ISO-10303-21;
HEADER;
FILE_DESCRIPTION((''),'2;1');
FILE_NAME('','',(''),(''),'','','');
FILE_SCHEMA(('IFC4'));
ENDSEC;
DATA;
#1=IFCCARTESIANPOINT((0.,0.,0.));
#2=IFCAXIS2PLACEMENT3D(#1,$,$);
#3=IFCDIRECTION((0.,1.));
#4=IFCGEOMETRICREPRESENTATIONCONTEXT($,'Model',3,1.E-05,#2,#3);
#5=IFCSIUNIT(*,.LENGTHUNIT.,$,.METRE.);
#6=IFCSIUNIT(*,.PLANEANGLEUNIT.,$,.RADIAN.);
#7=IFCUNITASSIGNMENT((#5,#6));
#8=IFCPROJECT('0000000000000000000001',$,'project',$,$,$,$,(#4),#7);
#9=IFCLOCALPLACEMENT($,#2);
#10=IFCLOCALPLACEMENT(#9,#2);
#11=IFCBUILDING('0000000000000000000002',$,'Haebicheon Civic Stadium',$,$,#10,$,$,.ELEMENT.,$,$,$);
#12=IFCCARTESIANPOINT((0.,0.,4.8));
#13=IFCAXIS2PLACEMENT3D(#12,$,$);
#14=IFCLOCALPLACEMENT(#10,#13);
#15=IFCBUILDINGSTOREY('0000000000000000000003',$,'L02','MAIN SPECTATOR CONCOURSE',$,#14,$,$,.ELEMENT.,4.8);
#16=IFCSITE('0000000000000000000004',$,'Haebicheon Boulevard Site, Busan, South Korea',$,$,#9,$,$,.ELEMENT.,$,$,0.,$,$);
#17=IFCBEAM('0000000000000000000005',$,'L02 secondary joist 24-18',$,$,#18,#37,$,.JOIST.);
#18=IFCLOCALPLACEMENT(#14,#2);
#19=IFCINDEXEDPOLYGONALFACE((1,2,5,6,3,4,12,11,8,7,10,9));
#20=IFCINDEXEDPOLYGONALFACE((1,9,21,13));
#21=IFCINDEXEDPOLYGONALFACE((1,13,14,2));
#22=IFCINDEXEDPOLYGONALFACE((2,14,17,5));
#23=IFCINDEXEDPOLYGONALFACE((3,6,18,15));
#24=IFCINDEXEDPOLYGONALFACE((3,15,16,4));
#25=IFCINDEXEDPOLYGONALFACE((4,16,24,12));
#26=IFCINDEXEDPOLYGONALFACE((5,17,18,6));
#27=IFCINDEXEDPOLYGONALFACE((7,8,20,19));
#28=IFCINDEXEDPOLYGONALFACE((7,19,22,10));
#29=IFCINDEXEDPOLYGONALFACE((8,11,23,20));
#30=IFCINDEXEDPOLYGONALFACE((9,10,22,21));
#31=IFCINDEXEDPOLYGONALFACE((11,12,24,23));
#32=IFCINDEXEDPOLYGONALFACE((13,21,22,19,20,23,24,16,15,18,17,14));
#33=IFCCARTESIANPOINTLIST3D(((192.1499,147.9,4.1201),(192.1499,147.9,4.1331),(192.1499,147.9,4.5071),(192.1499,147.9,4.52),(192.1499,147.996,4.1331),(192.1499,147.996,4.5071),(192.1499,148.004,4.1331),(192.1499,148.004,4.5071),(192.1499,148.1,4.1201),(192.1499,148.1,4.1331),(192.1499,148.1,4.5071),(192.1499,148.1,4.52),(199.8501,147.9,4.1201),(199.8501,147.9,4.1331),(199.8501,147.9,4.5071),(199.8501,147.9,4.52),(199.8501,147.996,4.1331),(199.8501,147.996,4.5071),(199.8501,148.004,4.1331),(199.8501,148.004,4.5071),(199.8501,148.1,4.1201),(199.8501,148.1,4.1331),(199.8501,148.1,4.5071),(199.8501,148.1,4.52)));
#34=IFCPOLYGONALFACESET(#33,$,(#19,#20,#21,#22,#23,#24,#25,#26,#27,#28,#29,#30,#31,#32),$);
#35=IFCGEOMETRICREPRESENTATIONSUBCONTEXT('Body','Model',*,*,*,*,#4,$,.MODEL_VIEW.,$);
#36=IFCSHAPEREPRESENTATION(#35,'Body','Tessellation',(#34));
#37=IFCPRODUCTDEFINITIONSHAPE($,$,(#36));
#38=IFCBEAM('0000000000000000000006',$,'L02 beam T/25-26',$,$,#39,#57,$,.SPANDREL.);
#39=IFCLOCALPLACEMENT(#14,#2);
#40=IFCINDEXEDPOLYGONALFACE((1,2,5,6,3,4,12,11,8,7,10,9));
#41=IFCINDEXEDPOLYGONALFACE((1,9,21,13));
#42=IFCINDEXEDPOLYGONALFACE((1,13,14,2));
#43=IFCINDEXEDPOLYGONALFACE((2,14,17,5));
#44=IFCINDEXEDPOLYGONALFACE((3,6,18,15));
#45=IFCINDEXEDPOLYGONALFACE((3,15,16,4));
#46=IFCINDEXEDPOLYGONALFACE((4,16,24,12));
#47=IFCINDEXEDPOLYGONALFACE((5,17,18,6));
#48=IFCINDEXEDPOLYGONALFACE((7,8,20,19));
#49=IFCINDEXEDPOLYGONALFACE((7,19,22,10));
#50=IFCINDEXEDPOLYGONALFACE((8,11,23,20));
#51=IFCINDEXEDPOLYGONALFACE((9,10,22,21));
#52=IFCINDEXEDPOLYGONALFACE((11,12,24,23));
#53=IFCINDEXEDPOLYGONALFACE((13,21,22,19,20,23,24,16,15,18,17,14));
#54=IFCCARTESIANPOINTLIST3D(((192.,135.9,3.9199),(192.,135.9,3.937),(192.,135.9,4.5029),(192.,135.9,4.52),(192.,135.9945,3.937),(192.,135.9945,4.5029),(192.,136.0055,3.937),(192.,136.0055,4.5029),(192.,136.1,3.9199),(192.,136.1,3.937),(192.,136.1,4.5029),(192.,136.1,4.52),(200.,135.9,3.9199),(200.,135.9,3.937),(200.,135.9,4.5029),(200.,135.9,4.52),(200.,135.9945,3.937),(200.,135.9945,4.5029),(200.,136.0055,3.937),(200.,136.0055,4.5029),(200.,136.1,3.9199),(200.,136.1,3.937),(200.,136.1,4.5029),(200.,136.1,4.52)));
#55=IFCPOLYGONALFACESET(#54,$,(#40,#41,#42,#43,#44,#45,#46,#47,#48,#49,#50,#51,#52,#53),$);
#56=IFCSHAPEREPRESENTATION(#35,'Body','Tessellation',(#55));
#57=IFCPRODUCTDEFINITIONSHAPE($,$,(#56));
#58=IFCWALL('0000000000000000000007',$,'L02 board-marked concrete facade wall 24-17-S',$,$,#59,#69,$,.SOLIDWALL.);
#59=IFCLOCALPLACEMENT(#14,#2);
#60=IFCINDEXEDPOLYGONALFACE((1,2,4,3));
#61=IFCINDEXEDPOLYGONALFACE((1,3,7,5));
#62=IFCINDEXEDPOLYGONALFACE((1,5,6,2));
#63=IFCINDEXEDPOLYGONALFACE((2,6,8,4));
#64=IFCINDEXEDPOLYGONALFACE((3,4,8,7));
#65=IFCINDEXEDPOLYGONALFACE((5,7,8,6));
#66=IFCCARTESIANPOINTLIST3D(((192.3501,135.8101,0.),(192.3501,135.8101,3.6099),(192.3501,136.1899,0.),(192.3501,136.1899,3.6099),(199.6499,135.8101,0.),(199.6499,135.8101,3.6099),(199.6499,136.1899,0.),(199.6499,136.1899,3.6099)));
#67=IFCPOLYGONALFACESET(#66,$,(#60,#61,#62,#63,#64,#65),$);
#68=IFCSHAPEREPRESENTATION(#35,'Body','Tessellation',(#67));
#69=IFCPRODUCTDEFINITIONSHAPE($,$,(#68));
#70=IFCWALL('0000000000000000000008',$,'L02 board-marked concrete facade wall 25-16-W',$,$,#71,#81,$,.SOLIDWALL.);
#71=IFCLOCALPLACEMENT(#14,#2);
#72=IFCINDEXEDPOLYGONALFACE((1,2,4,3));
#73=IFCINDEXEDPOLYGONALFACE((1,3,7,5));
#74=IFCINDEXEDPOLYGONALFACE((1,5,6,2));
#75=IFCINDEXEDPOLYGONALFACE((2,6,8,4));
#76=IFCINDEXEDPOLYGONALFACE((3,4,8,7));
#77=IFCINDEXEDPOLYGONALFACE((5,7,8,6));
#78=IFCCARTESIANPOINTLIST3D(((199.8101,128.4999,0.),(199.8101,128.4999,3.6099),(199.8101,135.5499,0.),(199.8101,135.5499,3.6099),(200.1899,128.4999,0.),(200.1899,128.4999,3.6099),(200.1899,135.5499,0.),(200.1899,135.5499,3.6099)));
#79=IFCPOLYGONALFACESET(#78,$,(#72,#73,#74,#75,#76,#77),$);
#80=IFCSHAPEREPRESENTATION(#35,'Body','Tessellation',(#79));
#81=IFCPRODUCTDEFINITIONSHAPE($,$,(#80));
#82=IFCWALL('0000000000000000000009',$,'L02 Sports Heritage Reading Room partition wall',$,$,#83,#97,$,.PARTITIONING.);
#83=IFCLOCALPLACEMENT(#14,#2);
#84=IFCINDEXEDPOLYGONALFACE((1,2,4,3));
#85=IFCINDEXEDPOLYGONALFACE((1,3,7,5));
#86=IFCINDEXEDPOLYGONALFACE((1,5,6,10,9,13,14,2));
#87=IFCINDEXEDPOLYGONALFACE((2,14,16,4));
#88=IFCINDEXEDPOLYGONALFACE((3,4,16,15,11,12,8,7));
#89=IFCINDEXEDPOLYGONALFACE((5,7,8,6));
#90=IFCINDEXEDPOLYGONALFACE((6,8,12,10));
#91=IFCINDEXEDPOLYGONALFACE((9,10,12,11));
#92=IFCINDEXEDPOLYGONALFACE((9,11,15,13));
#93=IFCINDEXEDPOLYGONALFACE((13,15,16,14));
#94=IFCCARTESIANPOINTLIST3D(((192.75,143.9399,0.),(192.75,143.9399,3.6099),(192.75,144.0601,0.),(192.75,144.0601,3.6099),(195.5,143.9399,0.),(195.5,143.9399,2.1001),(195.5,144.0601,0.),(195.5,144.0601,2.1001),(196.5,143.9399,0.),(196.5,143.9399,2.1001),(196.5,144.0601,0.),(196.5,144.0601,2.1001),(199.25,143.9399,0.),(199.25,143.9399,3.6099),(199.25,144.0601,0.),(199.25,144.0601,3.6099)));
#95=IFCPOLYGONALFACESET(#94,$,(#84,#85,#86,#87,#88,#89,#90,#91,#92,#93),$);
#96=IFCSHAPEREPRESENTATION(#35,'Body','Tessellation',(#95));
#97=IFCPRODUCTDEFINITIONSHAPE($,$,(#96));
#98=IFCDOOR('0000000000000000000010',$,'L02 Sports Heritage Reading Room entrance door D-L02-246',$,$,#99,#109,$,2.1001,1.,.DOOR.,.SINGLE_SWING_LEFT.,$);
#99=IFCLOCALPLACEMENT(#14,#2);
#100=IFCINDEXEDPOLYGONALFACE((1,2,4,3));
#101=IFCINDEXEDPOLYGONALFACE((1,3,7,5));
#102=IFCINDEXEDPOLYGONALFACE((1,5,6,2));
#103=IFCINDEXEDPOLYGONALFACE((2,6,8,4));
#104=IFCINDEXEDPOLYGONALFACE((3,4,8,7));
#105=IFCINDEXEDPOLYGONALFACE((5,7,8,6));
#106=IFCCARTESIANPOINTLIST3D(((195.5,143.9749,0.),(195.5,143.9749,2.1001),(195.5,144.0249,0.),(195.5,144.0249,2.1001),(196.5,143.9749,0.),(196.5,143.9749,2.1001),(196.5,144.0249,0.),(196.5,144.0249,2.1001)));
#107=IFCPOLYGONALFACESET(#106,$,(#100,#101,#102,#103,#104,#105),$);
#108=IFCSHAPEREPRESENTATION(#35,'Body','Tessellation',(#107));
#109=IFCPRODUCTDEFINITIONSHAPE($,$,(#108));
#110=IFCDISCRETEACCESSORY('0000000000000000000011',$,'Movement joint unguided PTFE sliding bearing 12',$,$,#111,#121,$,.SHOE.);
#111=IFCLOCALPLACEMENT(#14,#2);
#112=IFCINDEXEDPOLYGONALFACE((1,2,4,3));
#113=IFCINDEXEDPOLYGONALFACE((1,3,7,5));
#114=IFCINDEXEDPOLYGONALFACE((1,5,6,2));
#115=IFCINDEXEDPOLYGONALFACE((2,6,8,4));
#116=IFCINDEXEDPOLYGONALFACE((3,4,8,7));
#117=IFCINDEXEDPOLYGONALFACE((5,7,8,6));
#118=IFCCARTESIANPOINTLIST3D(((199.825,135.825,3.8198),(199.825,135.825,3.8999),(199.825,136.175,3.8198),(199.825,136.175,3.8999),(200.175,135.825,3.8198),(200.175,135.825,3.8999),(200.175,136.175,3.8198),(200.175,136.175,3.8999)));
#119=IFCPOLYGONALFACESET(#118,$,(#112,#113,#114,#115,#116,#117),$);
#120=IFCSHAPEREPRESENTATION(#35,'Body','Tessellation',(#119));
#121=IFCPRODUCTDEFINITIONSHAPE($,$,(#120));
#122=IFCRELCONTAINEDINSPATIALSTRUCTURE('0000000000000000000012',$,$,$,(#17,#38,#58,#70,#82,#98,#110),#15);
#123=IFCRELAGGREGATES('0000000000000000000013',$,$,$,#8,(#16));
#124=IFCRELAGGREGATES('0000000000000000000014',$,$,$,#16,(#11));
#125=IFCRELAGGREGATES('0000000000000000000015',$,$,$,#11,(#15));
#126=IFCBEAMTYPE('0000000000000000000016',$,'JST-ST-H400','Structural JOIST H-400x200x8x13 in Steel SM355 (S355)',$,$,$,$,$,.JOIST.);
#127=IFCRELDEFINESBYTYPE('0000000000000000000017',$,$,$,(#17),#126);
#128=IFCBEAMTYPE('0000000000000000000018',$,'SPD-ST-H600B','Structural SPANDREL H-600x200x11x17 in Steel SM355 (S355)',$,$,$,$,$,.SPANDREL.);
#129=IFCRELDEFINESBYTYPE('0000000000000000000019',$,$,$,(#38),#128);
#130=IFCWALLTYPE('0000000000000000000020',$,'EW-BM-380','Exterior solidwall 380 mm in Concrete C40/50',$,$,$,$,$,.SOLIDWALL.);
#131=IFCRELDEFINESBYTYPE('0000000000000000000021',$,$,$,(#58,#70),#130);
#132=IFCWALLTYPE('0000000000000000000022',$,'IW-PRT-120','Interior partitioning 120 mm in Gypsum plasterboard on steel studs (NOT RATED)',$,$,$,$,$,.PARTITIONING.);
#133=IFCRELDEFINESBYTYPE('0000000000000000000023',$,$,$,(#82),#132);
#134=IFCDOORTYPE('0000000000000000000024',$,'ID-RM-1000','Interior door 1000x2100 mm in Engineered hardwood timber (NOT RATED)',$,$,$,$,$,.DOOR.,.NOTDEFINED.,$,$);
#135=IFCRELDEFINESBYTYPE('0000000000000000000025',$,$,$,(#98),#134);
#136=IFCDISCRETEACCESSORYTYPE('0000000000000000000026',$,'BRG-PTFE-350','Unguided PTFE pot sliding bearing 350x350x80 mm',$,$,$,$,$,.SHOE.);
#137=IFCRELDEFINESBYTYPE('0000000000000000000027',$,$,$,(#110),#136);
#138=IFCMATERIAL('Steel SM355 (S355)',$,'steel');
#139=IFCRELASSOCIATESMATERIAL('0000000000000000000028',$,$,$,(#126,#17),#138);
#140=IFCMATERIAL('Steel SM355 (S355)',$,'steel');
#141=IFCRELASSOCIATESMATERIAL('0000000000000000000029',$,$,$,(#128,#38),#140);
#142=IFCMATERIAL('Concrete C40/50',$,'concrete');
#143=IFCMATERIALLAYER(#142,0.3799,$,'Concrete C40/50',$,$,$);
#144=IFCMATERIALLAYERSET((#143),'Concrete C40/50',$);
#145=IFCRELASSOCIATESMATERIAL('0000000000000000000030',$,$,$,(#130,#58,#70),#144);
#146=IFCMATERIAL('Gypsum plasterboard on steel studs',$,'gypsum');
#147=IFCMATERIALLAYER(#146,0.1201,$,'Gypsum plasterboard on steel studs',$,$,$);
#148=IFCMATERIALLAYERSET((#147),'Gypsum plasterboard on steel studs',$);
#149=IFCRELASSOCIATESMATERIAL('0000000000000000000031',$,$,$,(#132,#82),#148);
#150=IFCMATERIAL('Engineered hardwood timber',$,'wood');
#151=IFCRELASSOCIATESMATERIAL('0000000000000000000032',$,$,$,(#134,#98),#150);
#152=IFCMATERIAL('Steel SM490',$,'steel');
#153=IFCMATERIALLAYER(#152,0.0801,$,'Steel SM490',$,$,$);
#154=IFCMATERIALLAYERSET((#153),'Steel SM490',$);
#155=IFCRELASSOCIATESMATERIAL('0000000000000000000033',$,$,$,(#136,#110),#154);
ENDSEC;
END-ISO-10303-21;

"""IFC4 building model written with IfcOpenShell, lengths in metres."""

from ifc_helpers import new_model, si_unit, direction, frame, frame_2d, origin, origin_2d, place, context, subcontext, project, spatial, rectangle, i_section, extrude, material, layer, layer_set, material_profile, profile_set, type_object, element, fill, save


model = new_model("IFC4")

# Units and contexts
model_context = context("Model", 3, precision=1e-05, world=origin(), true_north=direction((0.0, 1.0)))
body_context = subcontext(model_context, "Body", "Model", "MODEL_VIEW")
ifc_project = project(units=[si_unit("LENGTHUNIT", "METRE"), si_unit("PLANEANGLEUNIT", "RADIAN")], contexts=[model_context])

# Site, building, storey
site_placement = place(None, origin())
site = spatial("IfcSite", under=ifc_project, at=site_placement, Name="Haebicheon Boulevard Site, Busan, South Korea", CompositionType="ELEMENT", RefElevation=0.0)
building_placement = place(site_placement, origin())
building = spatial("IfcBuilding", under=site, at=building_placement, Name="Haebicheon Civic Stadium", CompositionType="ELEMENT")
storey_placement = place(building_placement, frame((0.0, 0.0, 4.8)))
storey = spatial("IfcBuildingStorey", under=building, at=storey_placement, Name="L02", Description="MAIN SPECTATOR CONCOURSE", CompositionType="ELEMENT", Elevation=4.8)

# Beams
ifc_material_1 = material(Name="Steel SM355 (S355)", Category="steel")
ifc_material_profile_1 = material_profile(ifc_material_1, i_section(OverallWidth=0.2, OverallDepth=0.3999, WebThickness=0.0081, FlangeThickness=0.0129, at=origin_2d()), Name="H-400x200x8x13")
ifc_profile_set_1 = profile_set([ifc_material_profile_1], Name="Steel SM355 (S355)")
beam_type_1 = type_object("IfcBeamType", Name="JST-ST-H400", Description="Structural JOIST H-400x200x8x13 in Steel SM355 (S355)", PredefinedType="JOIST", material=ifc_profile_set_1)
for number, where, z_axis, x_axis, name in (
    (1, (192.1499, 148.0, 4.3201), (1.0, 0.0, 0.0), (0.0, 1.0, 0.0), "L02 secondary joist 24-18"),
):
    element("IfcBeam", number, at=place(storey_placement, frame(where, z_axis=z_axis, x_axis=x_axis)), inside=storey, type_object=beam_type_1, material=ifc_profile_set_1, Name=name, PredefinedType="JOIST", context=body_context, shape_type="SweptSolid", body=[
        extrude(i_section(OverallWidth=0.2, OverallDepth=0.3999, WebThickness=0.0081, FlangeThickness=0.0129, at=origin_2d()), origin(), (0.0, 0.0, 1.0), 7.7002),
    ])
ifc_material_2 = material(Name="Steel SM355 (S355)", Category="steel")
ifc_material_profile_2 = material_profile(ifc_material_2, i_section(OverallWidth=0.2, OverallDepth=0.6001, WebThickness=0.011, FlangeThickness=0.0171, at=origin_2d()), Name="H-600x200x11x17")
ifc_profile_set_2 = profile_set([ifc_material_profile_2], Name="Steel SM355 (S355)")
beam_type_2 = type_object("IfcBeamType", Name="SPD-ST-H600B", Description="Structural SPANDREL H-600x200x11x17 in Steel SM355 (S355)", PredefinedType="SPANDREL", material=ifc_profile_set_2)
beam_placement = place(storey_placement, frame((192.0, 136.0, 4.22), z_axis=(1.0, 0.0, 0.0), x_axis=(0.0, 1.0, 0.0)))
element("IfcBeam", 2, at=beam_placement, inside=storey, type_object=beam_type_2, material=ifc_profile_set_2, Name="L02 beam T/25-26", PredefinedType="SPANDREL", context=body_context, shape_type="SweptSolid", body=[
    extrude(i_section(OverallWidth=0.2, OverallDepth=0.6001, WebThickness=0.011, FlangeThickness=0.0171, at=origin_2d()), origin(), (0.0, 0.0, 1.0), 8.0),
])

# Walls
ifc_material_3 = material(Name="Concrete C40/50", Category="concrete")
ifc_layer_1 = layer(ifc_material_3, 0.3799, Name="Concrete C40/50")
ifc_layer_set_1 = layer_set([ifc_layer_1], Name="Concrete C40/50")
wall_type_1 = type_object("IfcWallType", Name="EW-BM-380", Description="Exterior solidwall 380 mm in Concrete C40/50", PredefinedType="SOLIDWALL", material=ifc_layer_set_1)
wall_1_placement = place(storey_placement, frame((192.3501, 136.0, 0.0), z_axis=(0.0, 0.0, 1.0), x_axis=(1.0, 0.0, 0.0)))
element("IfcWall", 3, at=wall_1_placement, inside=storey, type_object=wall_type_1, material=ifc_layer_set_1, Name="L02 board-marked concrete facade wall 24-17-S", PredefinedType="SOLIDWALL", context=body_context, shape_type="SweptSolid", body=[
    extrude(rectangle(XDim=7.2998, YDim=0.3799, at=frame_2d((3.6499, 0.0))), origin(), (0.0, 0.0, 1.0), 3.6099),
])
wall_2_placement = place(storey_placement, frame((200.0, 128.5, 0.0), z_axis=(0.0, 0.0, 1.0), x_axis=(0.0, 1.0, 0.0)))
element("IfcWall", 4, at=wall_2_placement, inside=storey, type_object=wall_type_1, material=ifc_layer_set_1, Name="L02 board-marked concrete facade wall 25-16-W", PredefinedType="SOLIDWALL", context=body_context, shape_type="SweptSolid", body=[
    extrude(rectangle(XDim=7.05, YDim=0.3799, at=frame_2d((3.5249, 0.0))), origin(), (0.0, 0.0, 1.0), 3.6099),
])

# Wall, opening, door
ifc_material_4 = material(Name="Gypsum plasterboard on steel studs", Category="gypsum")
ifc_layer_2 = layer(ifc_material_4, 0.1201, Name="Gypsum plasterboard on steel studs")
ifc_layer_set_2 = layer_set([ifc_layer_2], Name="Gypsum plasterboard on steel studs")
wall_type_2 = type_object("IfcWallType", Name="IW-PRT-120", Description="Interior partitioning 120 mm in Gypsum plasterboard on steel studs (NOT RATED)", PredefinedType="PARTITIONING", material=ifc_layer_set_2)
wall_3_placement = place(storey_placement, frame((192.75, 144.0, 0.0), z_axis=(0.0, 0.0, 1.0), x_axis=(1.0, 0.0, 0.0)))
wall_3 = element("IfcWall", 5, at=wall_3_placement, inside=storey, type_object=wall_type_2, material=ifc_layer_set_2, Name="L02 Sports Heritage Reading Room partition wall", PredefinedType="PARTITIONING", context=body_context, shape_type="SweptSolid", body=[
    extrude(rectangle(XDim=6.5, YDim=0.1201, at=frame_2d((3.25, 0.0))), origin(), (0.0, 0.0, 1.0), 3.6099),
])
opening_placement = place(wall_3_placement, frame((2.75, 0.0, 0.0)))
opening = element("IfcOpeningElement", 6, at=opening_placement, cuts=wall_3, PredefinedType="OPENING", context=body_context, shape_type="SweptSolid", body=[
    extrude(rectangle(XDim=1.0, YDim=2.1001, at=frame_2d((0.5, 1.05))), frame((0.0, 0.0701, 0.0), z_axis=(0.0, -1.0, 0.0), x_axis=(1.0, 0.0, 0.0)), (0.0, 0.0, 1.0), 0.1401),
])
ifc_material_5 = material(Name="Engineered hardwood timber", Category="wood")
door_type = type_object("IfcDoorType", Name="ID-RM-1000", Description="Interior door 1000x2100 mm in Engineered hardwood timber (NOT RATED)", OperationType="NOTDEFINED", PredefinedType="DOOR", material=ifc_material_5)
door_placement = place(opening_placement, origin())
door = element("IfcDoor", 7, at=door_placement, inside=storey, type_object=door_type, material=ifc_material_5, Name="L02 Sports Heritage Reading Room entrance door D-L02-246", OperationType="SINGLE_SWING_LEFT", OverallHeight=2.1001, OverallWidth=1.0, PredefinedType="DOOR", context=body_context, shape_type="SweptSolid", body=[
    extrude(rectangle(XDim=1.0, YDim=2.1001, at=frame_2d((0.5, 1.05))), frame((0.0, 0.0249, 0.0), z_axis=(0.0, -1.0, 0.0), x_axis=(1.0, 0.0, 0.0)), (0.0, 0.0, 1.0), 0.05),
])
fill(opening, door)

# Discrete accessory
ifc_material_6 = material(Name="Steel SM490", Category="steel")
ifc_layer_3 = layer(ifc_material_6, 0.0801, Name="Steel SM490")
ifc_layer_set_3 = layer_set([ifc_layer_3], Name="Steel SM490")
discrete_accessory_type = type_object("IfcDiscreteAccessoryType", Name="BRG-PTFE-350", Description="Unguided PTFE pot sliding bearing 350x350x80 mm", PredefinedType="SHOE", material=ifc_layer_set_3)
discrete_accessory_placement = place(storey_placement, frame((200.0, 136.0, 3.8198), z_axis=(0.0, 0.0, 1.0), x_axis=(1.0, 0.0, 0.0)))
element("IfcDiscreteAccessory", 8, at=discrete_accessory_placement, inside=storey, type_object=discrete_accessory_type, material=ifc_layer_set_3, Name="Movement joint unguided PTFE sliding bearing 12", PredefinedType="SHOE", context=body_context, shape_type="SweptSolid", body=[
    extrude(rectangle(XDim=0.3501, YDim=0.3501, at=origin_2d()), origin(), (0.0, 0.0, 1.0), 0.0801),
])

save(model, "model.ifc")
